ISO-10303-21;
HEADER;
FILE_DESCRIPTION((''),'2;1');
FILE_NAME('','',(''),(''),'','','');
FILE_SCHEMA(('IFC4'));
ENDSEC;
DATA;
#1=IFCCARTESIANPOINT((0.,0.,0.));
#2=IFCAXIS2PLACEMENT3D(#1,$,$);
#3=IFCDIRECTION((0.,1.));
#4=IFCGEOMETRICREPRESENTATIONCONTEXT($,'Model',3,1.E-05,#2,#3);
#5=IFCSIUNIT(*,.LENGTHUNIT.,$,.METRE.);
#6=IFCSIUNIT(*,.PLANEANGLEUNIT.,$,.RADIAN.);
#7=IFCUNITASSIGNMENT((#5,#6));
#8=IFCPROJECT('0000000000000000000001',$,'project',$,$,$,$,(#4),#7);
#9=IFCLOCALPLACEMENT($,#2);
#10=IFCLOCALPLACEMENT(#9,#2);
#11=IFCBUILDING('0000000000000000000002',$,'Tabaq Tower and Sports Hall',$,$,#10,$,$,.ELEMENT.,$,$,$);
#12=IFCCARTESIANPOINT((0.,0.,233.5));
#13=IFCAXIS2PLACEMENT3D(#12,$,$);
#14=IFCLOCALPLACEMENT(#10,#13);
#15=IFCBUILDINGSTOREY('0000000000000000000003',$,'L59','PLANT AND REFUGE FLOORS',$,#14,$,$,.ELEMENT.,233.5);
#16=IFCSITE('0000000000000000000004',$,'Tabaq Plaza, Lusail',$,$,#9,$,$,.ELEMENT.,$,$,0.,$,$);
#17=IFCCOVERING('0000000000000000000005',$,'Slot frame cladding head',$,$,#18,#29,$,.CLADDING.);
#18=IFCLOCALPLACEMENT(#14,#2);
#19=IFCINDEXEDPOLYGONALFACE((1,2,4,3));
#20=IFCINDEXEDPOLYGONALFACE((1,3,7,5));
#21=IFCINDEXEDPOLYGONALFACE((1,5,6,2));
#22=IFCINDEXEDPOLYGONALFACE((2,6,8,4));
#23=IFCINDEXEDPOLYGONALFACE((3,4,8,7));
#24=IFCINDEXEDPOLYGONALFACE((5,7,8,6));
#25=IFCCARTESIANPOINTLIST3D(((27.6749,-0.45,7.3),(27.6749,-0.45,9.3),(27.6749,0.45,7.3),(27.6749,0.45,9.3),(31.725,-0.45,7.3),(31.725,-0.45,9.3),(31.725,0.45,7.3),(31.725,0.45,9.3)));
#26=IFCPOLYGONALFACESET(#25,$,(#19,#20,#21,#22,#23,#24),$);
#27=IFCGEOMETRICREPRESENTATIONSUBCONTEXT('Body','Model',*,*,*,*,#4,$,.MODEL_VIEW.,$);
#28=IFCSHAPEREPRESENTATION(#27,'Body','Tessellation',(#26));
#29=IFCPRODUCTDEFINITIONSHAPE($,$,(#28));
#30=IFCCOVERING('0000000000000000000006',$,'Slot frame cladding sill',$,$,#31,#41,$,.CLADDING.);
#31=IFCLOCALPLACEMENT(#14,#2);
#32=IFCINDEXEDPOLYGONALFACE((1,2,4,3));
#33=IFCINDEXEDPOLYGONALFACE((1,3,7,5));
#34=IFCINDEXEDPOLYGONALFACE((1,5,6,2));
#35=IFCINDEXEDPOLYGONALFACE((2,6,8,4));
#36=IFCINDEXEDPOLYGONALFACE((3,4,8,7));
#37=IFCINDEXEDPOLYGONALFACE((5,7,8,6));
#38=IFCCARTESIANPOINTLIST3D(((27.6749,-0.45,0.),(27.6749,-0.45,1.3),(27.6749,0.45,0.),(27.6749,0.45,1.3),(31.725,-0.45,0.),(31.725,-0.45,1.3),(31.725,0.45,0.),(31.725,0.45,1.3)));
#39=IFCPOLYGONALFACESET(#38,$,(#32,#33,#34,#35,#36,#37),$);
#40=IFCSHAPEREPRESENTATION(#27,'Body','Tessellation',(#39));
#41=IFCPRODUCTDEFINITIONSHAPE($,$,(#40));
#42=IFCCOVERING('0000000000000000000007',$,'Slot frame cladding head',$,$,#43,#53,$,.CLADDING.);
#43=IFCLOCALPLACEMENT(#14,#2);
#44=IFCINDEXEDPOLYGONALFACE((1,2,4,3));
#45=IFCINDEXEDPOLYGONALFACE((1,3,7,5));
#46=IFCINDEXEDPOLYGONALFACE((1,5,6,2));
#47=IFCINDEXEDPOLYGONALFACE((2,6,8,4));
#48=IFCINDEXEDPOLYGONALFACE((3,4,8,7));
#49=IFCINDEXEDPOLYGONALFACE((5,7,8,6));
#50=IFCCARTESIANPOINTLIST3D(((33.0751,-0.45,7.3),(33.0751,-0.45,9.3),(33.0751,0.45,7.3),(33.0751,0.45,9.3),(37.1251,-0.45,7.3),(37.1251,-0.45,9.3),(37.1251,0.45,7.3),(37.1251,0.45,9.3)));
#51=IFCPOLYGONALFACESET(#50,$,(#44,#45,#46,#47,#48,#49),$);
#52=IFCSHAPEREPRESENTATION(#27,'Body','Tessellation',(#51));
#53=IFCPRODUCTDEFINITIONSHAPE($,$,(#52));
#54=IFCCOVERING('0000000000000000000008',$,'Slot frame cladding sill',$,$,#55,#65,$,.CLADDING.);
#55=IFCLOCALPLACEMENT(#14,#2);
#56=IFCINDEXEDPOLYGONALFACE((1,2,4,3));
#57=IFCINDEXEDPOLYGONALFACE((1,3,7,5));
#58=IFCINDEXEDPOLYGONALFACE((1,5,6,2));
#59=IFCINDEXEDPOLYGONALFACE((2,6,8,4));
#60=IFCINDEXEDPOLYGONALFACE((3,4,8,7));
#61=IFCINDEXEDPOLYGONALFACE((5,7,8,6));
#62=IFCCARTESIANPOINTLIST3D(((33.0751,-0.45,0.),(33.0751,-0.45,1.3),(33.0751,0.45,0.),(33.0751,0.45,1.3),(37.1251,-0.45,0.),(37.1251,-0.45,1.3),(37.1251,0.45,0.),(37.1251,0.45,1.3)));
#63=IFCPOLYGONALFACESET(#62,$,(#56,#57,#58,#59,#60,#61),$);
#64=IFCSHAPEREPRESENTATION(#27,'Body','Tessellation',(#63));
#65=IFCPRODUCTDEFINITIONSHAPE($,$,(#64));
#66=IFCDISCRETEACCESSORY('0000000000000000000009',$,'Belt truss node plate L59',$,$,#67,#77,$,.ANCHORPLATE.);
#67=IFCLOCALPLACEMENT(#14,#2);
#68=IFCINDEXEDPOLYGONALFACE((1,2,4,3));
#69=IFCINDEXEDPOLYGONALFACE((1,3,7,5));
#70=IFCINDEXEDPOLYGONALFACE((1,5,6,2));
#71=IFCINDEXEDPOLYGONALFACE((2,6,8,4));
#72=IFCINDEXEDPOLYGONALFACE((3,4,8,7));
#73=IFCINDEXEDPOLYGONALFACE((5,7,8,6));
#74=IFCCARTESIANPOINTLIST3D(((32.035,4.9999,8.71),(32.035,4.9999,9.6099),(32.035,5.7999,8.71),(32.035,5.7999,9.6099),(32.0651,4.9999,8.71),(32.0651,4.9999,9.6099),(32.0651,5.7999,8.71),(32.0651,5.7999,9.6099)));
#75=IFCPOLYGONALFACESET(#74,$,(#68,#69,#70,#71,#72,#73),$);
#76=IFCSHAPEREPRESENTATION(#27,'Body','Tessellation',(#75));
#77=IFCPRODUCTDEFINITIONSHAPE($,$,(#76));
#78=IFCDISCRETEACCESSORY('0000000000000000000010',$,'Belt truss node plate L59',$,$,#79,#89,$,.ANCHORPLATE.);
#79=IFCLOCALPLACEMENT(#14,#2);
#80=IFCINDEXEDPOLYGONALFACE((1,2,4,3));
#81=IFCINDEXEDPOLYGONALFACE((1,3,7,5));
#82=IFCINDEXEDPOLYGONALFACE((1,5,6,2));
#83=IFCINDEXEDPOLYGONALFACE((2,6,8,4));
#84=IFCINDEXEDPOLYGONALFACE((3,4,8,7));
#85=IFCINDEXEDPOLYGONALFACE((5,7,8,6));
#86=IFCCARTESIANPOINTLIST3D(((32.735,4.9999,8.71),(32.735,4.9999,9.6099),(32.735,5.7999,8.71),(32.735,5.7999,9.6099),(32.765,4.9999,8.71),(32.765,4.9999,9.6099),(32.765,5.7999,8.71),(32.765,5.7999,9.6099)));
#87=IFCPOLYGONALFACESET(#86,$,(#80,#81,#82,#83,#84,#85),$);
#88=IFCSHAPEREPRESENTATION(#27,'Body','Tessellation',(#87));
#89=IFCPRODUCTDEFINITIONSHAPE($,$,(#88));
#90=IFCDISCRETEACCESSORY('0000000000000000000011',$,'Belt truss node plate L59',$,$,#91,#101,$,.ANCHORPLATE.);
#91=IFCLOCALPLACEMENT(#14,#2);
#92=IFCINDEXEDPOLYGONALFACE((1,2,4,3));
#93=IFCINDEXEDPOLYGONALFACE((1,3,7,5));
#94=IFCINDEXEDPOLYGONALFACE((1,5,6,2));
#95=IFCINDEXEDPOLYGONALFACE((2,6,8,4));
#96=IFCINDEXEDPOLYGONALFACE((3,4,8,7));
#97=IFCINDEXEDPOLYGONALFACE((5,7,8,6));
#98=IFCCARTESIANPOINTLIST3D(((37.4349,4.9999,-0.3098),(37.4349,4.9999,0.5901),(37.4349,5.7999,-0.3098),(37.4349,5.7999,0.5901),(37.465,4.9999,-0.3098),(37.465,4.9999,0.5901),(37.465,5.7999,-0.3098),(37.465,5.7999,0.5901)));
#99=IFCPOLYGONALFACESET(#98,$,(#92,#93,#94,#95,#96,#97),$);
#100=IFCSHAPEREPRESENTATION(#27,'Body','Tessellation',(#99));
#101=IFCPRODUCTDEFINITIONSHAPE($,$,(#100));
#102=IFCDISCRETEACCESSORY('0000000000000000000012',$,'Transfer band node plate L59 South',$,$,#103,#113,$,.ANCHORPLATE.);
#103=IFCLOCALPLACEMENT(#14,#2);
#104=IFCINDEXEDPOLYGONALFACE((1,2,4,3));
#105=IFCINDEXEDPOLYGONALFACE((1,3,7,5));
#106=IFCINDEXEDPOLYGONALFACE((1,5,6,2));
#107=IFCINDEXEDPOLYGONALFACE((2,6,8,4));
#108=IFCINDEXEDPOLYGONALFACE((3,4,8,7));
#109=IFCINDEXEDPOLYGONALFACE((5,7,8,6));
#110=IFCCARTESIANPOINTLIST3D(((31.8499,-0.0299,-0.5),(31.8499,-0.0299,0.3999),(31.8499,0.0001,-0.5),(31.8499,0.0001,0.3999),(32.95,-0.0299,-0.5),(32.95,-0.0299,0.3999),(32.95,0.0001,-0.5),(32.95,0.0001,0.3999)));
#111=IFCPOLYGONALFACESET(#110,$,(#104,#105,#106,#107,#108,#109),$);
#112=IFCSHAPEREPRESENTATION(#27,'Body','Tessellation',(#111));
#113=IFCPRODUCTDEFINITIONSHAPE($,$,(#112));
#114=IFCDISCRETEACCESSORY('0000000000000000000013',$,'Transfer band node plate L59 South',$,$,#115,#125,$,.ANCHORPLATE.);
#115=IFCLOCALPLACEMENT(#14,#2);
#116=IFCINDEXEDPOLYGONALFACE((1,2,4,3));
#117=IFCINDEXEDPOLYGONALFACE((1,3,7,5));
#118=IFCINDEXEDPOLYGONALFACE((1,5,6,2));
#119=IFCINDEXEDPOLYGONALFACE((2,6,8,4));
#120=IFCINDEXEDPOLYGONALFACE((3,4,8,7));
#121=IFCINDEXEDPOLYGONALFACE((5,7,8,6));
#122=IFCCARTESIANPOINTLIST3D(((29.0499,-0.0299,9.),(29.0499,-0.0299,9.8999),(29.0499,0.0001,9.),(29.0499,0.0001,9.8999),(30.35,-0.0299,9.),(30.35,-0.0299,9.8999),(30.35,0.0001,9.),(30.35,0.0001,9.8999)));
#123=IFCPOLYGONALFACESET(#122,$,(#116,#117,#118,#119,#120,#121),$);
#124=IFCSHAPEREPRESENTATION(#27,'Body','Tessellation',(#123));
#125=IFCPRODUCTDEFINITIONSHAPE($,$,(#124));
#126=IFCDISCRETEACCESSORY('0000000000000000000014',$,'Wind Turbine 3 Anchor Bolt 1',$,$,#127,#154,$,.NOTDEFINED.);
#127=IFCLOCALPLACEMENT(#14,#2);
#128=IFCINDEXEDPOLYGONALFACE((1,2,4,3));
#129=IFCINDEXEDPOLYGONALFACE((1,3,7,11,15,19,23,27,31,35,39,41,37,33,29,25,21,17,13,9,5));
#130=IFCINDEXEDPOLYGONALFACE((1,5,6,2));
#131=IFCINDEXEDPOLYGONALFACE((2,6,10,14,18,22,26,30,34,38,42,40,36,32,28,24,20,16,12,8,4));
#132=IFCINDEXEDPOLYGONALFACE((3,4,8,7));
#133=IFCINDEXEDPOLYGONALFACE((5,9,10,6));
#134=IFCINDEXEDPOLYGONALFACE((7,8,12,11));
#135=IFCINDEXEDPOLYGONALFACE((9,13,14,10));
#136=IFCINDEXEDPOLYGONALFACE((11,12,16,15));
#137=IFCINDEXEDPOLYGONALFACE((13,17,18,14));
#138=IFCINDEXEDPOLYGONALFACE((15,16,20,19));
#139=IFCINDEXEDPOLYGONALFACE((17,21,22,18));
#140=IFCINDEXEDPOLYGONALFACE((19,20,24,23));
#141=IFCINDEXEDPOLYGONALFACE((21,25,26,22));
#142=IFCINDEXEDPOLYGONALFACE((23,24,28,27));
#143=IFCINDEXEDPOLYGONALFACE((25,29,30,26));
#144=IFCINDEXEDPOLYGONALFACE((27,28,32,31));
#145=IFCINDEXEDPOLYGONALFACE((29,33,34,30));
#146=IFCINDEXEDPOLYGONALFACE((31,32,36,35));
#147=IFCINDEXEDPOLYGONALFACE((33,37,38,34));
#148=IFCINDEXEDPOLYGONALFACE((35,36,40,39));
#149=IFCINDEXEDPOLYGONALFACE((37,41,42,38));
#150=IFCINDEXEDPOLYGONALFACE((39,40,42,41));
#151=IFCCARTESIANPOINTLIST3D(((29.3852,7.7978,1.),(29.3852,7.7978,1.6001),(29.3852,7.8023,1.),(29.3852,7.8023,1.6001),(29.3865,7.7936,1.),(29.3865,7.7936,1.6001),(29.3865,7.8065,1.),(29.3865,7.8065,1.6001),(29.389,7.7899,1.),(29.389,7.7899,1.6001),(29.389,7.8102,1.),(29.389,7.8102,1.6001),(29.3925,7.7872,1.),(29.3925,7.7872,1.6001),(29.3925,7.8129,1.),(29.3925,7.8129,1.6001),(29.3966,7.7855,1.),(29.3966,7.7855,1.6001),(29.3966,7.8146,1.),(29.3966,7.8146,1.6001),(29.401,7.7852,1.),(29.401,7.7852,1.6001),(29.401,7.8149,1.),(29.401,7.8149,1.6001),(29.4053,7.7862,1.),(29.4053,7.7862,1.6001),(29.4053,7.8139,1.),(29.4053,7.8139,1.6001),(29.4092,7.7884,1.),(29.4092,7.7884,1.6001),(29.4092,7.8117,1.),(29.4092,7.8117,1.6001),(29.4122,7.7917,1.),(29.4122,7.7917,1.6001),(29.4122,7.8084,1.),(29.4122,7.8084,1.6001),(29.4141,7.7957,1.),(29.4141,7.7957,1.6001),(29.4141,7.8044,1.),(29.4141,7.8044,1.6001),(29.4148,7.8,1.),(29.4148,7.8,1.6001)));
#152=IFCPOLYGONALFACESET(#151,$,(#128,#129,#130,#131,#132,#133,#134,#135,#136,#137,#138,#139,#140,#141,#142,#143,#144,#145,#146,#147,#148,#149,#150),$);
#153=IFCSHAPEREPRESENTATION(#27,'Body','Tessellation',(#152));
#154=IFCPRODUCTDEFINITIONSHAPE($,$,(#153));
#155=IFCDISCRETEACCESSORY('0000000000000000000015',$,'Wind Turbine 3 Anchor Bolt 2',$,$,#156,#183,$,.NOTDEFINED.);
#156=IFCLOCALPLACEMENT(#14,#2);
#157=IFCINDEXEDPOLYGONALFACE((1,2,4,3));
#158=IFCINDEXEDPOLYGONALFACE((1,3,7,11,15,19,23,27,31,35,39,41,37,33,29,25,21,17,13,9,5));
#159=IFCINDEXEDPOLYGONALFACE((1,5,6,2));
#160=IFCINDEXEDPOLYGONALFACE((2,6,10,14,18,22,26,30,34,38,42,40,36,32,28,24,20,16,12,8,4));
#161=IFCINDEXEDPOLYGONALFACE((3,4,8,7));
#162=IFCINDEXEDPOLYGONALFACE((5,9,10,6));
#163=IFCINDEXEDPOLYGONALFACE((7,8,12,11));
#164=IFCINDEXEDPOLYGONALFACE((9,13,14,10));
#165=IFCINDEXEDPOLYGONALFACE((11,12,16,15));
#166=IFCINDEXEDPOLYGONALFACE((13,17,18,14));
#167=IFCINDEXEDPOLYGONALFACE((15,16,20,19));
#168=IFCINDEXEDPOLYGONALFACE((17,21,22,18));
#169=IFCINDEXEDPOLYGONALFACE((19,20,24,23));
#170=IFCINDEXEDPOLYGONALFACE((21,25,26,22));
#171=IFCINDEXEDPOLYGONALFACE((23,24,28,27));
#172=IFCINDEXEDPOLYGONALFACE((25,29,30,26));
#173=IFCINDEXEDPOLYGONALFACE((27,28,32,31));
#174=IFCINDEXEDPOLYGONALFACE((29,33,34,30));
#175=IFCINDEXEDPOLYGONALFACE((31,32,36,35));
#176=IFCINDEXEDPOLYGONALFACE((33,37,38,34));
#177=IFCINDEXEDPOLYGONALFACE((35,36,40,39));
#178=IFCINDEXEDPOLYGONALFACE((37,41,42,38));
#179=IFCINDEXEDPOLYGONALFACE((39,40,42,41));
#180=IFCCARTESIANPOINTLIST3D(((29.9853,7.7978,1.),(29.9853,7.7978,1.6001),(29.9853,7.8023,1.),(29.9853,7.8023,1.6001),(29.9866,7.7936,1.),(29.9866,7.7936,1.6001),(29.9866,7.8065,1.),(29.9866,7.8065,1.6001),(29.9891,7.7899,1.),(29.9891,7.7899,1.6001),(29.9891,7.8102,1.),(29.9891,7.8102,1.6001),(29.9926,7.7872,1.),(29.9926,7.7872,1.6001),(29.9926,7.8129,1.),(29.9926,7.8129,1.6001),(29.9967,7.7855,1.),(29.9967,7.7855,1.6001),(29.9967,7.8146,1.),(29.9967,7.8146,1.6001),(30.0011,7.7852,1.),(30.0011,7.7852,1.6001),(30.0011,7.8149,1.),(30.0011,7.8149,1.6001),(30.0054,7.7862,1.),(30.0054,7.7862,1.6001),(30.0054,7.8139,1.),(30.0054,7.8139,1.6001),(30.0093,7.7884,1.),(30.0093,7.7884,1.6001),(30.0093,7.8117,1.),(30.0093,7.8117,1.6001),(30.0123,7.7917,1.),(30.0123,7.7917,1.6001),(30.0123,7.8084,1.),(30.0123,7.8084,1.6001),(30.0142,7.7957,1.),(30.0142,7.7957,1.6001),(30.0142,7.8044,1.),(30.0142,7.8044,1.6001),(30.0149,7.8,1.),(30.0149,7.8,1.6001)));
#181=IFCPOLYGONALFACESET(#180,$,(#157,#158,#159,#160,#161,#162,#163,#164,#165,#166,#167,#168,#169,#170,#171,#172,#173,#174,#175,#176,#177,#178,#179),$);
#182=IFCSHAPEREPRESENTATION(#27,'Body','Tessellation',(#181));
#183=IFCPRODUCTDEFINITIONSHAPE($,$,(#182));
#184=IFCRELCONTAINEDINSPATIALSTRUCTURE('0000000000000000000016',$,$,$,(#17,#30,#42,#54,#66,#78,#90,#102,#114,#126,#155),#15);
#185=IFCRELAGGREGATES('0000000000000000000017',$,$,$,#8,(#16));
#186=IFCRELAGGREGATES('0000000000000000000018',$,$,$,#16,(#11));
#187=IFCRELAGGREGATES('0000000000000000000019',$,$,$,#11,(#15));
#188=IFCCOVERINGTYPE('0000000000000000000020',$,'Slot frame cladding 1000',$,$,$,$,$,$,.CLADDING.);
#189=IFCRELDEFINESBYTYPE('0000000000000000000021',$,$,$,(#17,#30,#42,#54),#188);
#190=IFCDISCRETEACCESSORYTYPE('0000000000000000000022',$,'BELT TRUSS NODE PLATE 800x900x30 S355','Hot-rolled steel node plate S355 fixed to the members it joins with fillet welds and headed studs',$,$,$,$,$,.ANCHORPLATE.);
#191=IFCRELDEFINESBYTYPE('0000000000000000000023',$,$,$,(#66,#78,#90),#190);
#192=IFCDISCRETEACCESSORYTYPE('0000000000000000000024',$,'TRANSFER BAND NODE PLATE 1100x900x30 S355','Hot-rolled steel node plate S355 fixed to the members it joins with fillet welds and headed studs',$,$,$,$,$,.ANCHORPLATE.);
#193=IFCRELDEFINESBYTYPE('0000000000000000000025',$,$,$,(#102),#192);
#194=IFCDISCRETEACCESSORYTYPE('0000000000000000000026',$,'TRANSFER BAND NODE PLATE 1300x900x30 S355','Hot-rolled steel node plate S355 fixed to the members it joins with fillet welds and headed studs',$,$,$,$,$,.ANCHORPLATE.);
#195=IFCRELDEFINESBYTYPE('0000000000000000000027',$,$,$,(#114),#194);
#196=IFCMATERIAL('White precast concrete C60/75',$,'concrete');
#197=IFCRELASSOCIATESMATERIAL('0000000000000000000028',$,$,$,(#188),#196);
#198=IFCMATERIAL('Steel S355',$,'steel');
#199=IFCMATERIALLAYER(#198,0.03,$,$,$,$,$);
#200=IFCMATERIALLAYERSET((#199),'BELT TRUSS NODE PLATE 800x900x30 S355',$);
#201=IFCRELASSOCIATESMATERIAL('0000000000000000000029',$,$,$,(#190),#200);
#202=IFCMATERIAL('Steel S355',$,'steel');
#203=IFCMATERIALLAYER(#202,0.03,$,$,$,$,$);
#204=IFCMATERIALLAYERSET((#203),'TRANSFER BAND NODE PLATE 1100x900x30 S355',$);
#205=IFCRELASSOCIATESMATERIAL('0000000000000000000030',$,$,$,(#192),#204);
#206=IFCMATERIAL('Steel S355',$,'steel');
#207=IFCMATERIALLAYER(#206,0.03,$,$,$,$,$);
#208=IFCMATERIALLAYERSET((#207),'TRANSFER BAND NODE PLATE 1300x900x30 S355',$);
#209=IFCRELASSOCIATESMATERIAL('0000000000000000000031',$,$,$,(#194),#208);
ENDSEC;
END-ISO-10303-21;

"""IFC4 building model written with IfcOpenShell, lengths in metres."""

from ifc_helpers import new_model, si_unit, direction, frame, origin, origin_2d, place, context, subcontext, project, spatial, rectangle, circle, extrude, material, layer, layer_set, type_object, element, save


model = new_model("IFC4")

# Units and contexts
model_context = context("Model", 3, precision=1e-05, world=origin(), true_north=direction((0.0, 1.0)))
body_context = subcontext(model_context, "Body", "Model", "MODEL_VIEW")
ifc_project = project(units=[si_unit("LENGTHUNIT", "METRE"), si_unit("PLANEANGLEUNIT", "RADIAN")], contexts=[model_context])

# Site, building, storey
site_placement = place(None, origin())
site = spatial("IfcSite", under=ifc_project, at=site_placement, Name="Tabaq Plaza, Lusail", CompositionType="ELEMENT", RefElevation=0.0)
building_placement = place(site_placement, origin())
building = spatial("IfcBuilding", under=site, at=building_placement, Name="Tabaq Tower and Sports Hall", CompositionType="ELEMENT")
storey_placement = place(building_placement, frame((0.0, 0.0, 233.5)))
storey = spatial("IfcBuildingStorey", under=building, at=storey_placement, Name="L59", Description="PLANT AND REFUGE FLOORS", CompositionType="ELEMENT", Elevation=233.5)

# Coverings
ifc_material_1 = material(Name="White precast concrete C60/75", Category="concrete")
covering_type_1 = type_object("IfcCoveringType", Name="Slot frame cladding 1000", PredefinedType="CLADDING", material=ifc_material_1)
covering_1_placement = place(storey_placement, frame((29.7, 0.0, 7.3), z_axis=(0.0, 0.0, 1.0), x_axis=(1.0, 0.0, 0.0)))
element("IfcCovering", 1, at=covering_1_placement, inside=storey, type_object=covering_type_1, Name="Slot frame cladding head", PredefinedType="CLADDING", context=body_context, shape_type="SweptSolid", body=[
    extrude(rectangle(XDim=4.05, YDim=0.8999, at=origin_2d()), origin(), (0.0, 0.0, 1.0), 2.0),
])
covering_2_placement = place(storey_placement, frame((29.7, 0.0, 0.0), z_axis=(0.0, 0.0, 1.0), x_axis=(1.0, 0.0, 0.0)))
element("IfcCovering", 2, at=covering_2_placement, inside=storey, type_object=covering_type_1, Name="Slot frame cladding sill", PredefinedType="CLADDING", context=body_context, shape_type="SweptSolid", body=[
    extrude(rectangle(XDim=4.05, YDim=0.8999, at=origin_2d()), origin(), (0.0, 0.0, 1.0), 1.3),
])
covering_3_placement = place(storey_placement, frame((35.1001, 0.0, 7.3), z_axis=(0.0, 0.0, 1.0), x_axis=(1.0, 0.0, 0.0)))
element("IfcCovering", 3, at=covering_3_placement, inside=storey, type_object=covering_type_1, Name="Slot frame cladding head", PredefinedType="CLADDING", context=body_context, shape_type="SweptSolid", body=[
    extrude(rectangle(XDim=4.05, YDim=0.8999, at=origin_2d()), origin(), (0.0, 0.0, 1.0), 2.0),
])
covering_4_placement = place(storey_placement, frame((35.1001, 0.0, 0.0), z_axis=(0.0, 0.0, 1.0), x_axis=(1.0, 0.0, 0.0)))
element("IfcCovering", 4, at=covering_4_placement, inside=storey, type_object=covering_type_1, Name="Slot frame cladding sill", PredefinedType="CLADDING", context=body_context, shape_type="SweptSolid", body=[
    extrude(rectangle(XDim=4.05, YDim=0.8999, at=origin_2d()), origin(), (0.0, 0.0, 1.0), 1.3),
])

# Discrete accessories
ifc_material_2 = material(Name="Steel S355", Category="steel")
ifc_layer_1 = layer(ifc_material_2, 0.03)
ifc_layer_set_1 = layer_set([ifc_layer_1], Name="BELT TRUSS NODE PLATE 800x900x30 S355")
discrete_accessory_type_1 = type_object("IfcDiscreteAccessoryType", Name="BELT TRUSS NODE PLATE 800x900x30 S355", Description="Hot-rolled steel node plate S355 fixed to the members it joins with fillet welds and headed studs", PredefinedType="ANCHORPLATE", material=ifc_layer_set_1)
for number, where, z_axis, x_axis, name in (
    (5, (32.05, 5.3999, 8.71), (0.0, 0.0, 1.0), (1.0, 0.0, 0.0), "Belt truss node plate L59"),
    (6, (32.75, 5.3999, 8.71), (0.0, 0.0, 1.0), (1.0, 0.0, 0.0), "Belt truss node plate L59"),
    (7, (37.45, 5.3999, -0.3098), (0.0, 0.0, 1.0), (1.0, 0.0, 0.0), "Belt truss node plate L59"),
):
    element("IfcDiscreteAccessory", number, at=place(storey_placement, frame(where, z_axis=z_axis, x_axis=x_axis)), inside=storey, type_object=discrete_accessory_type_1, Name=name, PredefinedType="ANCHORPLATE", context=body_context, shape_type="SweptSolid", body=[
        extrude(rectangle(XDim=0.03, YDim=0.8, at=origin_2d()), origin(), (0.0, 0.0, 1.0), 0.8999),
    ])
ifc_material_3 = material(Name="Steel S355", Category="steel")
ifc_layer_2 = layer(ifc_material_3, 0.03)
ifc_layer_set_2 = layer_set([ifc_layer_2], Name="TRANSFER BAND NODE PLATE 1100x900x30 S355")
discrete_accessory_type_2 = type_object("IfcDiscreteAccessoryType", Name="TRANSFER BAND NODE PLATE 1100x900x30 S355", Description="Hot-rolled steel node plate S355 fixed to the members it joins with fillet welds and headed studs", PredefinedType="ANCHORPLATE", material=ifc_layer_set_2)
discrete_accessory_1_placement = place(storey_placement, frame((32.3999, -0.0149, -0.5), z_axis=(0.0, 0.0, 1.0), x_axis=(1.0, 0.0, 0.0)))
element("IfcDiscreteAccessory", 8, at=discrete_accessory_1_placement, inside=storey, type_object=discrete_accessory_type_2, Name="Transfer band node plate L59 South", PredefinedType="ANCHORPLATE", context=body_context, shape_type="SweptSolid", body=[
    extrude(rectangle(XDim=1.1001, YDim=0.03, at=origin_2d()), origin(), (0.0, 0.0, 1.0), 0.8999),
])
ifc_material_4 = material(Name="Steel S355", Category="steel")
ifc_layer_3 = layer(ifc_material_4, 0.03)
ifc_layer_set_3 = layer_set([ifc_layer_3], Name="TRANSFER BAND NODE PLATE 1300x900x30 S355")
discrete_accessory_type_3 = type_object("IfcDiscreteAccessoryType", Name="TRANSFER BAND NODE PLATE 1300x900x30 S355", Description="Hot-rolled steel node plate S355 fixed to the members it joins with fillet welds and headed studs", PredefinedType="ANCHORPLATE", material=ifc_layer_set_3)
discrete_accessory_2_placement = place(storey_placement, frame((29.7, -0.0149, 9.0), z_axis=(0.0, 0.0, 1.0), x_axis=(1.0, 0.0, 0.0)))
element("IfcDiscreteAccessory", 9, at=discrete_accessory_2_placement, inside=storey, type_object=discrete_accessory_type_3, Name="Transfer band node plate L59 South", PredefinedType="ANCHORPLATE", context=body_context, shape_type="SweptSolid", body=[
    extrude(rectangle(XDim=1.3, YDim=0.03, at=origin_2d()), origin(), (0.0, 0.0, 1.0), 0.8999),
])
for number, where, z_axis, x_axis, name in (
    (10, (29.3999, 7.8, 1.6001), (0.0, 0.0, -1.0), (1.0, 0.0, 0.0), "Wind Turbine 3 Anchor Bolt 1"),
    (11, (30.0, 7.8, 1.6001), (0.0, 0.0, -1.0), (1.0, 0.0, 0.0), "Wind Turbine 3 Anchor Bolt 2"),
):
    element("IfcDiscreteAccessory", number, at=place(storey_placement, frame(where, z_axis=z_axis, x_axis=x_axis)), inside=storey, Name=name, PredefinedType="NOTDEFINED", context=body_context, shape_type="SweptSolid", body=[
        extrude(circle(Radius=0.0149, at=origin_2d()), origin(), (0.0, 0.0, 1.0), 0.6001),
    ])

save(model, "model.ifc")
